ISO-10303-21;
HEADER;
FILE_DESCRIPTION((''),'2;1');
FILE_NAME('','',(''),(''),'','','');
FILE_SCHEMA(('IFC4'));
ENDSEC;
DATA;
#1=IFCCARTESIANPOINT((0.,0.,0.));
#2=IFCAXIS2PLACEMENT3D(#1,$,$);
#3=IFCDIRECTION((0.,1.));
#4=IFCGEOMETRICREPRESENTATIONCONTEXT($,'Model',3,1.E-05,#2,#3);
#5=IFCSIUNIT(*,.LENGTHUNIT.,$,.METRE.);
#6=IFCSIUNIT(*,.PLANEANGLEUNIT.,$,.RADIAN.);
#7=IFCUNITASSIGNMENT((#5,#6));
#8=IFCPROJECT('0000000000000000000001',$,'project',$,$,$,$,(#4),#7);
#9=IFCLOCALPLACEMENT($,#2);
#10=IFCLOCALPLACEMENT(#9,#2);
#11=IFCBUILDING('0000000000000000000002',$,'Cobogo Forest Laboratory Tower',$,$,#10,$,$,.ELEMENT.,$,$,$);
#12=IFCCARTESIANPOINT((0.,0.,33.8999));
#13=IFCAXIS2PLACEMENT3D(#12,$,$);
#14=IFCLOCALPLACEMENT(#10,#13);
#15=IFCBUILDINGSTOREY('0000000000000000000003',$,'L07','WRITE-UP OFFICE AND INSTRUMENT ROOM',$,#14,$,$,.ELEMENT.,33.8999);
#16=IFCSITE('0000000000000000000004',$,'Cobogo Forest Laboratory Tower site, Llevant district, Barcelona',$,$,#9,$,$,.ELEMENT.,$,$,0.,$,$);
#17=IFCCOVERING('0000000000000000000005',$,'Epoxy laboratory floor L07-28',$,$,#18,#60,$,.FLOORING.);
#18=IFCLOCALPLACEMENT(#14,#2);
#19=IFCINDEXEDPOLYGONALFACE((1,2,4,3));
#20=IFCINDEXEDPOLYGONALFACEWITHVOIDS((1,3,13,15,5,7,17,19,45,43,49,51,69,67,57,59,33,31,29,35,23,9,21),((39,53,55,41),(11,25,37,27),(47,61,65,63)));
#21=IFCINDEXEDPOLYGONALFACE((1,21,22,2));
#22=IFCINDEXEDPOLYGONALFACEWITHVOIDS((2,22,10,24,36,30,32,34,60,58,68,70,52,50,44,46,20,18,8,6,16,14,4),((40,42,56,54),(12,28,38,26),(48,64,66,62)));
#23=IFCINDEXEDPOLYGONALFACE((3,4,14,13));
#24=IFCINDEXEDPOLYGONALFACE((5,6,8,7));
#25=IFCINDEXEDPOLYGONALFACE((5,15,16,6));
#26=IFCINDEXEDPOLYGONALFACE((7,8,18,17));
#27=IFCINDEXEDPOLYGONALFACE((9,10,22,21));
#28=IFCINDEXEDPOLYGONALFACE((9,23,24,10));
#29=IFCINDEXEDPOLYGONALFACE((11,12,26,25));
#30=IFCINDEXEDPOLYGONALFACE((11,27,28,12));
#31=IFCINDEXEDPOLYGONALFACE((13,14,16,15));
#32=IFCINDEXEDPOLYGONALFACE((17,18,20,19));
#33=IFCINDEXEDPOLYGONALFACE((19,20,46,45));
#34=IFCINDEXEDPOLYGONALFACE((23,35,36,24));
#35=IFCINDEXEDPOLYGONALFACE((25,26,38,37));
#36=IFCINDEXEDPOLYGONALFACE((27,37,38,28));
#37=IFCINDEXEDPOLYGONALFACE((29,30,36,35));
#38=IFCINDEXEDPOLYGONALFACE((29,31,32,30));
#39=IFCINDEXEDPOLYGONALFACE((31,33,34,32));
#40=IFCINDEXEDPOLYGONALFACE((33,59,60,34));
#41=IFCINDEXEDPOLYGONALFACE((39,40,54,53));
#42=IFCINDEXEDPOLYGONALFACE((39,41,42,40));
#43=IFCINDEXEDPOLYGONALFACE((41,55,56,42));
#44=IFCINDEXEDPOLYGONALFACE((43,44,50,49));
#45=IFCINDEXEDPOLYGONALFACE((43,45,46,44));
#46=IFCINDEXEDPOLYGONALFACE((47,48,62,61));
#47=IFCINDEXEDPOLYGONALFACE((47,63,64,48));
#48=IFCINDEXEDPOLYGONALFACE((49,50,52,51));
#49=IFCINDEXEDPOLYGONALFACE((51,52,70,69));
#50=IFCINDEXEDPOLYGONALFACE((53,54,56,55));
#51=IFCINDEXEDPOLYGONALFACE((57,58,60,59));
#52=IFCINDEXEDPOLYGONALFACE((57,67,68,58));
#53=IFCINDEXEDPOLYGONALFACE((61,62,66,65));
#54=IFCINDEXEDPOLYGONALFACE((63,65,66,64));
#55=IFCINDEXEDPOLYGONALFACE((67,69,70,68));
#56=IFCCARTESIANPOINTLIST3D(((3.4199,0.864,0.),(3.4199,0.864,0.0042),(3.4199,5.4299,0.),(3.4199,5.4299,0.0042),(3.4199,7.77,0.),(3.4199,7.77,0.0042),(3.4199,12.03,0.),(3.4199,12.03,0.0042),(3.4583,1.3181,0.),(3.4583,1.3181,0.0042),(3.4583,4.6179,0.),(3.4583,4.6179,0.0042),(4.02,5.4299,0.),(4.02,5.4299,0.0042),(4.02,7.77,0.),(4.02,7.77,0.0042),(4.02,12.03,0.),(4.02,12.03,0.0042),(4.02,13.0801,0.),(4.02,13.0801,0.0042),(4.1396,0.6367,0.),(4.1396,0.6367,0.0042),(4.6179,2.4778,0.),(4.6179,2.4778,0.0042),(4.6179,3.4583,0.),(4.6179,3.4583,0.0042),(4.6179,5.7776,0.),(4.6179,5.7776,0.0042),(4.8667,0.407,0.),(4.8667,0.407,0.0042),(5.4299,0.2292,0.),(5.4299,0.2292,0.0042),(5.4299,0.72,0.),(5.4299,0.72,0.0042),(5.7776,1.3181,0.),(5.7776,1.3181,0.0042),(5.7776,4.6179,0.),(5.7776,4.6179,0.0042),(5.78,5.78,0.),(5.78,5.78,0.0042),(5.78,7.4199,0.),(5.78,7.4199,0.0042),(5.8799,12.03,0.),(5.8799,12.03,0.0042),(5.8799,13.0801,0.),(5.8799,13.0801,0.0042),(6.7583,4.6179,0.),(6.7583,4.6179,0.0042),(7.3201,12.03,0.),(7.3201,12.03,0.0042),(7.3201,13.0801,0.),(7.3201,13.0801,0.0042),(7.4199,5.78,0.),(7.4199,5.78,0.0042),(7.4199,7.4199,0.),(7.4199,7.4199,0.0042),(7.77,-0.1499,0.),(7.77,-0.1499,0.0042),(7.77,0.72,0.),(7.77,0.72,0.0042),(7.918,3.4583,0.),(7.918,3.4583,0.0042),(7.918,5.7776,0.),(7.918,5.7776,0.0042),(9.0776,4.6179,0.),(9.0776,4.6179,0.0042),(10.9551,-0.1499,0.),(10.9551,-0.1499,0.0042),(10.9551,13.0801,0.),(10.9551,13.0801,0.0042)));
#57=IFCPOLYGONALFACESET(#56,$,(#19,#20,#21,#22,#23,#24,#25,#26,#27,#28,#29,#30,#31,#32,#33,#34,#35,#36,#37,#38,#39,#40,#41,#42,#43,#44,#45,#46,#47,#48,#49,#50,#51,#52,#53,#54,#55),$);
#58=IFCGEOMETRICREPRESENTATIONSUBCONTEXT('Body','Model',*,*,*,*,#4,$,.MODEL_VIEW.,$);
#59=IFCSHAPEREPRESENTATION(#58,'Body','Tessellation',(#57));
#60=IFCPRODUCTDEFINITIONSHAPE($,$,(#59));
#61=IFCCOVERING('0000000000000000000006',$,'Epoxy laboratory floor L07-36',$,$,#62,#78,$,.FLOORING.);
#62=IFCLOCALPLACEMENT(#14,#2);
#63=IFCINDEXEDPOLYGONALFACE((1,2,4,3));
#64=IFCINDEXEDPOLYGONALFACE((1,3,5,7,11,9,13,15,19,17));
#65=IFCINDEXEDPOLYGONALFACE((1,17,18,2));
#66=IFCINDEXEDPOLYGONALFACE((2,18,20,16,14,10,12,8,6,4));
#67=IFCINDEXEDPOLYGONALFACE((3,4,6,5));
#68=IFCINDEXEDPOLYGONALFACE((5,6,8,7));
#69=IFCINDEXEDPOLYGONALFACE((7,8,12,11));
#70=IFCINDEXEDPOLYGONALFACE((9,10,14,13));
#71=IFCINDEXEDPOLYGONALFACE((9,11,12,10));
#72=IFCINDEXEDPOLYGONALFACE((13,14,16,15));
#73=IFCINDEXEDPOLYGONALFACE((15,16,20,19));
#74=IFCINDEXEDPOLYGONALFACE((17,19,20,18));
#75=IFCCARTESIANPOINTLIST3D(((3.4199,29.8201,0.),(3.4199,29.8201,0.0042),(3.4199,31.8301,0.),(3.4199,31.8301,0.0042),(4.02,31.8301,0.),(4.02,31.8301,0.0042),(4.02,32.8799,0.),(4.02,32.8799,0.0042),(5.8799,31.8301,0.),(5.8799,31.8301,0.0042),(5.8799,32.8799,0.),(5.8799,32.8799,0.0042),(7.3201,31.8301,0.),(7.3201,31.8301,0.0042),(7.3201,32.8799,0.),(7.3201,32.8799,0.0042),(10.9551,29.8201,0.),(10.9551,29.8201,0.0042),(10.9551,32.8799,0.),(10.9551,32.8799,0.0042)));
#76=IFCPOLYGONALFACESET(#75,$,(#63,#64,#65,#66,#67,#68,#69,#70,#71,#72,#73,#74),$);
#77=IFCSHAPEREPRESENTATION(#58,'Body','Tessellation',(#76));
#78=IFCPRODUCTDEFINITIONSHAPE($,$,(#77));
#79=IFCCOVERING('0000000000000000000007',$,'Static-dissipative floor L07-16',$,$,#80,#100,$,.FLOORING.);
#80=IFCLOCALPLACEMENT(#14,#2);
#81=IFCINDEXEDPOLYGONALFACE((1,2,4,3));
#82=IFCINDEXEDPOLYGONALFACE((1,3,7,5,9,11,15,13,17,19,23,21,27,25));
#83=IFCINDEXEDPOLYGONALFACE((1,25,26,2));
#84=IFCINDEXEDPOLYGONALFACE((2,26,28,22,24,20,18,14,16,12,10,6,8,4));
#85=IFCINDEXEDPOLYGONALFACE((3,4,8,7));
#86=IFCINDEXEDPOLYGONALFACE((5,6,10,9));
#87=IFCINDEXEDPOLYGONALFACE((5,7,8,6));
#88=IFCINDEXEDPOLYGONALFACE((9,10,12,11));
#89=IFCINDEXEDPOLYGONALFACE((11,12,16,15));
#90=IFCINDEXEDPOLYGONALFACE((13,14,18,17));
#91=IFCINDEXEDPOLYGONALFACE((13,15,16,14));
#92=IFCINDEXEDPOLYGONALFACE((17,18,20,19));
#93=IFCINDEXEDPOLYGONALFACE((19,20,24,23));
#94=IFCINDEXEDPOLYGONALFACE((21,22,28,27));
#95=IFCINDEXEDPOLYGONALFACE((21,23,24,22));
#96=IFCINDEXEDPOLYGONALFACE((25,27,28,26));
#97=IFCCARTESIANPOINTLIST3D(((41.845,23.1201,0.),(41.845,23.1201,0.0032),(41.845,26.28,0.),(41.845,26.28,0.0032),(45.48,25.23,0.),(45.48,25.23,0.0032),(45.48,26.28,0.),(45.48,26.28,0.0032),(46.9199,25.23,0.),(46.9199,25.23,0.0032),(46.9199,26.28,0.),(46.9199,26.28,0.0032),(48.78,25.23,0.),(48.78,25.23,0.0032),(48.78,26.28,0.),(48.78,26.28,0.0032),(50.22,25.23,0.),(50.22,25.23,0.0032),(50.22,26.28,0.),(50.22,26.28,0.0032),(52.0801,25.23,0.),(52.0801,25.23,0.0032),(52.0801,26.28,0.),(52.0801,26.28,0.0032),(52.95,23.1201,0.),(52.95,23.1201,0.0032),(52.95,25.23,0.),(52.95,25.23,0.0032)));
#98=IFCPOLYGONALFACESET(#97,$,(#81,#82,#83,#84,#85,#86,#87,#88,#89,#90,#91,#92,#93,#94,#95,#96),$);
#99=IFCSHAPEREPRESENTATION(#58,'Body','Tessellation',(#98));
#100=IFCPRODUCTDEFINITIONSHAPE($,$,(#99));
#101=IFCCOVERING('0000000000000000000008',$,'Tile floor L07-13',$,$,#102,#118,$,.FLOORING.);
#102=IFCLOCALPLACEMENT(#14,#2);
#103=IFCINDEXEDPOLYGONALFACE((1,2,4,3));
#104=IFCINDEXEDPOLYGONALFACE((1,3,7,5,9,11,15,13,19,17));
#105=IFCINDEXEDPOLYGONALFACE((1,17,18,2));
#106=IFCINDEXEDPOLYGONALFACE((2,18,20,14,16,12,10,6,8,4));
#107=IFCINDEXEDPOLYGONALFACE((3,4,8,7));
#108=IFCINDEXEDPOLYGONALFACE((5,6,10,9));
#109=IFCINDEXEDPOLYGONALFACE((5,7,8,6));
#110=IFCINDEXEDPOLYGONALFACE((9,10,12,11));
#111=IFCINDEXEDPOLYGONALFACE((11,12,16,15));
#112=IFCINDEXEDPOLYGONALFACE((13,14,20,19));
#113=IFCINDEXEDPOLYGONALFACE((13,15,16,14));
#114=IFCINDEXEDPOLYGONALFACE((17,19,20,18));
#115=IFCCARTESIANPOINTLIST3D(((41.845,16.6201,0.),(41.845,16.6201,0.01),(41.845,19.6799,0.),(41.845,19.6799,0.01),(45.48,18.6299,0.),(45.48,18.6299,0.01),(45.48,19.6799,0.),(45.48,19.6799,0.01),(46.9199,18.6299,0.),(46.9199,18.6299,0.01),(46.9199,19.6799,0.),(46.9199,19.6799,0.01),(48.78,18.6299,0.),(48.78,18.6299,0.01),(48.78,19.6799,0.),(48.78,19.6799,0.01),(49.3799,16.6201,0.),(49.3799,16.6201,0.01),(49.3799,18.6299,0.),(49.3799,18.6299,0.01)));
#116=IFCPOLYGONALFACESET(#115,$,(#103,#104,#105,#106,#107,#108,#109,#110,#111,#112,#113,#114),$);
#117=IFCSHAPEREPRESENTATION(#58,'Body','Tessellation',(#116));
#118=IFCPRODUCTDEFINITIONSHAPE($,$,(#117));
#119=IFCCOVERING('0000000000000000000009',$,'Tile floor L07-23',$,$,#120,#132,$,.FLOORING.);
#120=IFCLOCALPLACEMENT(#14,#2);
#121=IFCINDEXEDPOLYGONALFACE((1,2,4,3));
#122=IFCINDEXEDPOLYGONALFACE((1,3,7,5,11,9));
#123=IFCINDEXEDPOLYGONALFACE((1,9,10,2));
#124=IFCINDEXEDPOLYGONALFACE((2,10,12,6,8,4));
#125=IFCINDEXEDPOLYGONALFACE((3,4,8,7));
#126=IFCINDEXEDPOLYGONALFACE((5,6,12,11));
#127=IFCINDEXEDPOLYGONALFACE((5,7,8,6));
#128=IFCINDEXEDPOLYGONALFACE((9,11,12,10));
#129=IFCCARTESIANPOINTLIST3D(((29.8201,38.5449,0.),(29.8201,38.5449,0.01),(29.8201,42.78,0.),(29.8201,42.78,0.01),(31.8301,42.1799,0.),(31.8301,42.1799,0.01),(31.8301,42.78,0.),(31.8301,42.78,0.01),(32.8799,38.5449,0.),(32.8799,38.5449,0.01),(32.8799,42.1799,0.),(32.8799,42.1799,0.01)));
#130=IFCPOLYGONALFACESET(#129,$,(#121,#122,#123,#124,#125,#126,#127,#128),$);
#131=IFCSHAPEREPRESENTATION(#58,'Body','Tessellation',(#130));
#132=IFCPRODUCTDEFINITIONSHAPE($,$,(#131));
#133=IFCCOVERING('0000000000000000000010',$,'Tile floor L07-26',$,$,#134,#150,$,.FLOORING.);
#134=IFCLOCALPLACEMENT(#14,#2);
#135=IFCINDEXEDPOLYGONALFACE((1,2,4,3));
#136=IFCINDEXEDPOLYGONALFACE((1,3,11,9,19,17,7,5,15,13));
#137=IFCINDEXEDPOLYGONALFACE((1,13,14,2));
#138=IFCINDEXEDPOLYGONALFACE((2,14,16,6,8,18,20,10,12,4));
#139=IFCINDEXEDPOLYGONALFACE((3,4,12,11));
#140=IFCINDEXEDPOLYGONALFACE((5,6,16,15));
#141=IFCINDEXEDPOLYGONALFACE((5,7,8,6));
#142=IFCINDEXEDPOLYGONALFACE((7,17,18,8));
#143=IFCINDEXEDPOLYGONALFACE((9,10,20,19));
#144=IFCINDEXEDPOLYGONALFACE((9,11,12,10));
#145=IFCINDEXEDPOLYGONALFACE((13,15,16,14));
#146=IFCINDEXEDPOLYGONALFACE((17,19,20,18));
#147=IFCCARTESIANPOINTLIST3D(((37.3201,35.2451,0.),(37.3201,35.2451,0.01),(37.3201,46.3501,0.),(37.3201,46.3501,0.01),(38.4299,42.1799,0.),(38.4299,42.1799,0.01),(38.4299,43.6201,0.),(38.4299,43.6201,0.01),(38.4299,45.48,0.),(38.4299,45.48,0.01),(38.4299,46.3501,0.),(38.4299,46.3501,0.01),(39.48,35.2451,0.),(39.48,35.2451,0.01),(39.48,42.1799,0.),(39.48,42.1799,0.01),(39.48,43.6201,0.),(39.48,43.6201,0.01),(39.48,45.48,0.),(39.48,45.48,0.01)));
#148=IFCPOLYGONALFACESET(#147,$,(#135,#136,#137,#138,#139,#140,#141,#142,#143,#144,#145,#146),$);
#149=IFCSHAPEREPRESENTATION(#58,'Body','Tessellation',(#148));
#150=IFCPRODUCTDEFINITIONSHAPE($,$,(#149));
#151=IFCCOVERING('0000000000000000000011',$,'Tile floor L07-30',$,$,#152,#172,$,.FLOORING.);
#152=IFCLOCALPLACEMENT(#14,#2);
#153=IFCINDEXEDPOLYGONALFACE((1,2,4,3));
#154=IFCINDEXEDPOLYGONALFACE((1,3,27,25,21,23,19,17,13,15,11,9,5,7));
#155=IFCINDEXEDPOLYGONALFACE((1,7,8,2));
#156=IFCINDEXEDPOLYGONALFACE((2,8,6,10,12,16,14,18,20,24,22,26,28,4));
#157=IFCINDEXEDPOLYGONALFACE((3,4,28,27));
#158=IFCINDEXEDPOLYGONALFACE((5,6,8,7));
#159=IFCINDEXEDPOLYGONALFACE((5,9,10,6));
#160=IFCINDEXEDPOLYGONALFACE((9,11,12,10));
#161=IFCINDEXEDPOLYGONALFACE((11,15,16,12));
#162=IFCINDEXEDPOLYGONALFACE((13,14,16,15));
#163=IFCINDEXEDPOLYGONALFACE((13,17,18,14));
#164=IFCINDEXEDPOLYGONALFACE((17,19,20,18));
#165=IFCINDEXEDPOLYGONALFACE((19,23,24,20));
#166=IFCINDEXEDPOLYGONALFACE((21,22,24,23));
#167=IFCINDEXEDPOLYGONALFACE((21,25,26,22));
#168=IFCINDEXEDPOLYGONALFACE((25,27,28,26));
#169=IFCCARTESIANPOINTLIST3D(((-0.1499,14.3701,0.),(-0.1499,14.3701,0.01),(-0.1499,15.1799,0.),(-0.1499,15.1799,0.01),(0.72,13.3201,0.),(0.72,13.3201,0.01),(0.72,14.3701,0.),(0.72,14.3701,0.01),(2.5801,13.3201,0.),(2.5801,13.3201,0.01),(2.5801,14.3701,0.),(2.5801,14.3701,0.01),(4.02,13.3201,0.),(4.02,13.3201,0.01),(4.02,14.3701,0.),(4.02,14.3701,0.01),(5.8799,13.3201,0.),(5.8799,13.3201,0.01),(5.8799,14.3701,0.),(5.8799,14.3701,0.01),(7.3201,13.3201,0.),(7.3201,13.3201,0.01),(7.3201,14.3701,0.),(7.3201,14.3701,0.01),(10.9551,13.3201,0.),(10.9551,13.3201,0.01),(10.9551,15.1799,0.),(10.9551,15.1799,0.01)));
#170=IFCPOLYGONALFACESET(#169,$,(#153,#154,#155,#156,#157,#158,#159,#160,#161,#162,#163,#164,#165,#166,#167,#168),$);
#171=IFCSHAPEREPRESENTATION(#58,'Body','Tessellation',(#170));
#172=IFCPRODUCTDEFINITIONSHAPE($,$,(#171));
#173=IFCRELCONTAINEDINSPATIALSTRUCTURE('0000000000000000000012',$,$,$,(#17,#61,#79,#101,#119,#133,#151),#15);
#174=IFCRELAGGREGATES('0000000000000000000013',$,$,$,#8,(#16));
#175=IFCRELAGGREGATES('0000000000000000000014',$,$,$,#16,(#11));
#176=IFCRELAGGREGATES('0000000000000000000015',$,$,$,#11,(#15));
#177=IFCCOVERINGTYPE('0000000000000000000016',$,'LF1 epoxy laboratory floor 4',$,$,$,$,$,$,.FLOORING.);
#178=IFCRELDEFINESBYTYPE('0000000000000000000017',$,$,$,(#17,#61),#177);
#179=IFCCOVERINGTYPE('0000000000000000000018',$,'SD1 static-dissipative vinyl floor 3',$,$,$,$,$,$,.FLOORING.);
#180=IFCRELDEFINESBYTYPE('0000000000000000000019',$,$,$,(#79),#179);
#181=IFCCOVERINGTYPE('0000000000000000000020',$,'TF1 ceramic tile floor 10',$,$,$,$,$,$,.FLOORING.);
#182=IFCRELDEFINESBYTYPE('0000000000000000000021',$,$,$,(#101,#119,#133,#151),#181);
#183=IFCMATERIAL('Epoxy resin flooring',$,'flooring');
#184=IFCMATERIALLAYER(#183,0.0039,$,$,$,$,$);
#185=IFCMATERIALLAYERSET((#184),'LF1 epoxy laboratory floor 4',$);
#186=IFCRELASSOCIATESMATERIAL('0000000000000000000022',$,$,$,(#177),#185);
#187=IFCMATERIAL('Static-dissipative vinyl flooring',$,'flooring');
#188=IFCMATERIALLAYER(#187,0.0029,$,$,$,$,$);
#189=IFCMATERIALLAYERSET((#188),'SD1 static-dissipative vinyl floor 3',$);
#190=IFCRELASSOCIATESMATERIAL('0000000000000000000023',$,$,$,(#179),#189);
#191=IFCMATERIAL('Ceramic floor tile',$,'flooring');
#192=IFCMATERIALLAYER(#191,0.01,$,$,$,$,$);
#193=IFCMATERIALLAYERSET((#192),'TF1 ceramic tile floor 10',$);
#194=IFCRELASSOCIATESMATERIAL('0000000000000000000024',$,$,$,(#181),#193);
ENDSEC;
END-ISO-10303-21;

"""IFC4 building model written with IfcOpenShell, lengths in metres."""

from ifc_helpers import new_model, si_unit, direction, frame, origin, place, context, subcontext, project, spatial, polyline, outline, extrude, material, layer, layer_set, type_object, element, save


model = new_model("IFC4")

# Units and contexts
model_context = context("Model", 3, precision=1e-05, world=origin(), true_north=direction((0.0, 1.0)))
body_context = subcontext(model_context, "Body", "Model", "MODEL_VIEW")
ifc_project = project(units=[si_unit("LENGTHUNIT", "METRE"), si_unit("PLANEANGLEUNIT", "RADIAN")], contexts=[model_context])

# Site, building, storey
site_placement = place(None, origin())
site = spatial("IfcSite", under=ifc_project, at=site_placement, Name="Cobogo Forest Laboratory Tower site, Llevant district, Barcelona", CompositionType="ELEMENT", RefElevation=0.0)
building_placement = place(site_placement, origin())
building = spatial("IfcBuilding", under=site, at=building_placement, Name="Cobogo Forest Laboratory Tower", CompositionType="ELEMENT")
storey_placement = place(building_placement, frame((0.0, 0.0, 33.8999)))
storey = spatial("IfcBuildingStorey", under=building, at=storey_placement, Name="L07", Description="WRITE-UP OFFICE AND INSTRUMENT ROOM", CompositionType="ELEMENT", Elevation=33.8999)

# Coverings
ifc_material_1 = material(Name="Epoxy resin flooring", Category="flooring")
ifc_layer_1 = layer(ifc_material_1, 0.0039)
ifc_layer_set_1 = layer_set([ifc_layer_1], Name="LF1 epoxy laboratory floor 4")
covering_type_1 = type_object("IfcCoveringType", Name="LF1 epoxy laboratory floor 4", PredefinedType="FLOORING", material=ifc_layer_set_1)
covering_1_placement = place(storey_placement, origin())
element("IfcCovering", 1, at=covering_1_placement, inside=storey, type_object=covering_type_1, Name="Epoxy laboratory floor L07-28", PredefinedType="FLOORING", context=body_context, shape_type="SweptSolid", body=[
    extrude(outline(polyline([(5.8799, 13.0801), (5.8799, 12.03), (7.3201, 12.03), (7.3201, 13.0801), (10.9551, 13.0801), (10.9551, -0.1499), (7.77, -0.1499), (7.77, 0.72), (5.4299, 0.72), (5.4299, 0.2292), (4.8667, 0.407), (5.7776, 1.3181), (4.6179, 2.4778), (3.4583, 1.3181), (4.1396, 0.6367), (3.4199, 0.864), (3.4199, 5.4299), (4.02, 5.4299), (4.02, 7.77), (3.4199, 7.77), (3.4199, 12.03), (4.02, 12.03), (4.02, 13.0801), (5.8799, 13.0801)]), holes=[polyline([(7.918, 5.7776), (6.7583, 4.6179), (7.918, 3.4583), (9.0776, 4.6179), (7.918, 5.7776)]), polyline([(5.78, 7.4199), (5.78, 5.78), (7.4199, 5.78), (7.4199, 7.4199), (5.78, 7.4199)]), polyline([(3.4583, 4.6179), (4.6179, 3.4583), (5.7776, 4.6179), (4.6179, 5.7776), (3.4583, 4.6179)])]), origin(), (0.0, 0.0, 1.0), 0.0042),
])
covering_2_placement = place(storey_placement, origin())
element("IfcCovering", 2, at=covering_2_placement, inside=storey, type_object=covering_type_1, Name="Epoxy laboratory floor L07-36", PredefinedType="FLOORING", context=body_context, shape_type="SweptSolid", body=[
    extrude(outline(polyline([(3.4199, 31.8301), (4.02, 31.8301), (4.02, 32.8799), (5.8799, 32.8799), (5.8799, 31.8301), (7.3201, 31.8301), (7.3201, 32.8799), (10.9551, 32.8799), (10.9551, 29.8201), (3.4199, 29.8201), (3.4199, 31.8301)])), origin(), (0.0, 0.0, 1.0), 0.0042),
])
ifc_material_2 = material(Name="Static-dissipative vinyl flooring", Category="flooring")
ifc_layer_2 = layer(ifc_material_2, 0.0029)
ifc_layer_set_2 = layer_set([ifc_layer_2], Name="SD1 static-dissipative vinyl floor 3")
covering_type_2 = type_object("IfcCoveringType", Name="SD1 static-dissipative vinyl floor 3", PredefinedType="FLOORING", material=ifc_layer_set_2)
covering_3_placement = place(storey_placement, origin())
element("IfcCovering", 3, at=covering_3_placement, inside=storey, type_object=covering_type_2, Name="Static-dissipative floor L07-16", PredefinedType="FLOORING", context=body_context, shape_type="SweptSolid", body=[
    extrude(outline(polyline([(41.845, 26.28), (45.48, 26.28), (45.48, 25.23), (46.9199, 25.23), (46.9199, 26.28), (48.78, 26.28), (48.78, 25.23), (50.22, 25.23), (50.22, 26.28), (52.0801, 26.28), (52.0801, 25.23), (52.95, 25.23), (52.95, 23.1201), (41.845, 23.1201), (41.845, 26.28)])), origin(), (0.0, 0.0, 1.0), 0.0032),
])
ifc_material_3 = material(Name="Ceramic floor tile", Category="flooring")
ifc_layer_3 = layer(ifc_material_3, 0.01)
ifc_layer_set_3 = layer_set([ifc_layer_3], Name="TF1 ceramic tile floor 10")
covering_type_3 = type_object("IfcCoveringType", Name="TF1 ceramic tile floor 10", PredefinedType="FLOORING", material=ifc_layer_set_3)
covering_4_placement = place(storey_placement, origin())
element("IfcCovering", 4, at=covering_4_placement, inside=storey, type_object=covering_type_3, Name="Tile floor L07-13", PredefinedType="FLOORING", context=body_context, shape_type="SweptSolid", body=[
    extrude(outline(polyline([(41.845, 19.6799), (45.48, 19.6799), (45.48, 18.6299), (46.9199, 18.6299), (46.9199, 19.6799), (48.78, 19.6799), (48.78, 18.6299), (49.3799, 18.6299), (49.3799, 16.6201), (41.845, 16.6201), (41.845, 19.6799)])), origin(), (0.0, 0.0, 1.0), 0.01),
])
covering_5_placement = place(storey_placement, origin())
element("IfcCovering", 5, at=covering_5_placement, inside=storey, type_object=covering_type_3, Name="Tile floor L07-23", PredefinedType="FLOORING", context=body_context, shape_type="SweptSolid", body=[
    extrude(outline(polyline([(29.8201, 42.78), (31.8301, 42.78), (31.8301, 42.1799), (32.8799, 42.1799), (32.8799, 38.5449), (29.8201, 38.5449), (29.8201, 42.78)])), origin(), (0.0, 0.0, 1.0), 0.01),
])
covering_6_placement = place(storey_placement, origin())
element("IfcCovering", 6, at=covering_6_placement, inside=storey, type_object=covering_type_3, Name="Tile floor L07-26", PredefinedType="FLOORING", context=body_context, shape_type="SweptSolid", body=[
    extrude(outline(polyline([(37.3201, 35.2451), (37.3201, 46.3501), (38.4299, 46.3501), (38.4299, 45.48), (39.48, 45.48), (39.48, 43.6201), (38.4299, 43.6201), (38.4299, 42.1799), (39.48, 42.1799), (39.48, 35.2451), (37.3201, 35.2451)])), origin(), (0.0, 0.0, 1.0), 0.01),
])
covering_7_placement = place(storey_placement, origin())
element("IfcCovering", 7, at=covering_7_placement, inside=storey, type_object=covering_type_3, Name="Tile floor L07-30", PredefinedType="FLOORING", context=body_context, shape_type="SweptSolid", body=[
    extrude(outline(polyline([(10.9551, 13.3201), (7.3201, 13.3201), (7.3201, 14.3701), (5.8799, 14.3701), (5.8799, 13.3201), (4.02, 13.3201), (4.02, 14.3701), (2.5801, 14.3701), (2.5801, 13.3201), (0.72, 13.3201), (0.72, 14.3701), (-0.1499, 14.3701), (-0.1499, 15.1799), (10.9551, 15.1799), (10.9551, 13.3201)])), origin(), (0.0, 0.0, 1.0), 0.01),
])

save(model, "model.ifc")
